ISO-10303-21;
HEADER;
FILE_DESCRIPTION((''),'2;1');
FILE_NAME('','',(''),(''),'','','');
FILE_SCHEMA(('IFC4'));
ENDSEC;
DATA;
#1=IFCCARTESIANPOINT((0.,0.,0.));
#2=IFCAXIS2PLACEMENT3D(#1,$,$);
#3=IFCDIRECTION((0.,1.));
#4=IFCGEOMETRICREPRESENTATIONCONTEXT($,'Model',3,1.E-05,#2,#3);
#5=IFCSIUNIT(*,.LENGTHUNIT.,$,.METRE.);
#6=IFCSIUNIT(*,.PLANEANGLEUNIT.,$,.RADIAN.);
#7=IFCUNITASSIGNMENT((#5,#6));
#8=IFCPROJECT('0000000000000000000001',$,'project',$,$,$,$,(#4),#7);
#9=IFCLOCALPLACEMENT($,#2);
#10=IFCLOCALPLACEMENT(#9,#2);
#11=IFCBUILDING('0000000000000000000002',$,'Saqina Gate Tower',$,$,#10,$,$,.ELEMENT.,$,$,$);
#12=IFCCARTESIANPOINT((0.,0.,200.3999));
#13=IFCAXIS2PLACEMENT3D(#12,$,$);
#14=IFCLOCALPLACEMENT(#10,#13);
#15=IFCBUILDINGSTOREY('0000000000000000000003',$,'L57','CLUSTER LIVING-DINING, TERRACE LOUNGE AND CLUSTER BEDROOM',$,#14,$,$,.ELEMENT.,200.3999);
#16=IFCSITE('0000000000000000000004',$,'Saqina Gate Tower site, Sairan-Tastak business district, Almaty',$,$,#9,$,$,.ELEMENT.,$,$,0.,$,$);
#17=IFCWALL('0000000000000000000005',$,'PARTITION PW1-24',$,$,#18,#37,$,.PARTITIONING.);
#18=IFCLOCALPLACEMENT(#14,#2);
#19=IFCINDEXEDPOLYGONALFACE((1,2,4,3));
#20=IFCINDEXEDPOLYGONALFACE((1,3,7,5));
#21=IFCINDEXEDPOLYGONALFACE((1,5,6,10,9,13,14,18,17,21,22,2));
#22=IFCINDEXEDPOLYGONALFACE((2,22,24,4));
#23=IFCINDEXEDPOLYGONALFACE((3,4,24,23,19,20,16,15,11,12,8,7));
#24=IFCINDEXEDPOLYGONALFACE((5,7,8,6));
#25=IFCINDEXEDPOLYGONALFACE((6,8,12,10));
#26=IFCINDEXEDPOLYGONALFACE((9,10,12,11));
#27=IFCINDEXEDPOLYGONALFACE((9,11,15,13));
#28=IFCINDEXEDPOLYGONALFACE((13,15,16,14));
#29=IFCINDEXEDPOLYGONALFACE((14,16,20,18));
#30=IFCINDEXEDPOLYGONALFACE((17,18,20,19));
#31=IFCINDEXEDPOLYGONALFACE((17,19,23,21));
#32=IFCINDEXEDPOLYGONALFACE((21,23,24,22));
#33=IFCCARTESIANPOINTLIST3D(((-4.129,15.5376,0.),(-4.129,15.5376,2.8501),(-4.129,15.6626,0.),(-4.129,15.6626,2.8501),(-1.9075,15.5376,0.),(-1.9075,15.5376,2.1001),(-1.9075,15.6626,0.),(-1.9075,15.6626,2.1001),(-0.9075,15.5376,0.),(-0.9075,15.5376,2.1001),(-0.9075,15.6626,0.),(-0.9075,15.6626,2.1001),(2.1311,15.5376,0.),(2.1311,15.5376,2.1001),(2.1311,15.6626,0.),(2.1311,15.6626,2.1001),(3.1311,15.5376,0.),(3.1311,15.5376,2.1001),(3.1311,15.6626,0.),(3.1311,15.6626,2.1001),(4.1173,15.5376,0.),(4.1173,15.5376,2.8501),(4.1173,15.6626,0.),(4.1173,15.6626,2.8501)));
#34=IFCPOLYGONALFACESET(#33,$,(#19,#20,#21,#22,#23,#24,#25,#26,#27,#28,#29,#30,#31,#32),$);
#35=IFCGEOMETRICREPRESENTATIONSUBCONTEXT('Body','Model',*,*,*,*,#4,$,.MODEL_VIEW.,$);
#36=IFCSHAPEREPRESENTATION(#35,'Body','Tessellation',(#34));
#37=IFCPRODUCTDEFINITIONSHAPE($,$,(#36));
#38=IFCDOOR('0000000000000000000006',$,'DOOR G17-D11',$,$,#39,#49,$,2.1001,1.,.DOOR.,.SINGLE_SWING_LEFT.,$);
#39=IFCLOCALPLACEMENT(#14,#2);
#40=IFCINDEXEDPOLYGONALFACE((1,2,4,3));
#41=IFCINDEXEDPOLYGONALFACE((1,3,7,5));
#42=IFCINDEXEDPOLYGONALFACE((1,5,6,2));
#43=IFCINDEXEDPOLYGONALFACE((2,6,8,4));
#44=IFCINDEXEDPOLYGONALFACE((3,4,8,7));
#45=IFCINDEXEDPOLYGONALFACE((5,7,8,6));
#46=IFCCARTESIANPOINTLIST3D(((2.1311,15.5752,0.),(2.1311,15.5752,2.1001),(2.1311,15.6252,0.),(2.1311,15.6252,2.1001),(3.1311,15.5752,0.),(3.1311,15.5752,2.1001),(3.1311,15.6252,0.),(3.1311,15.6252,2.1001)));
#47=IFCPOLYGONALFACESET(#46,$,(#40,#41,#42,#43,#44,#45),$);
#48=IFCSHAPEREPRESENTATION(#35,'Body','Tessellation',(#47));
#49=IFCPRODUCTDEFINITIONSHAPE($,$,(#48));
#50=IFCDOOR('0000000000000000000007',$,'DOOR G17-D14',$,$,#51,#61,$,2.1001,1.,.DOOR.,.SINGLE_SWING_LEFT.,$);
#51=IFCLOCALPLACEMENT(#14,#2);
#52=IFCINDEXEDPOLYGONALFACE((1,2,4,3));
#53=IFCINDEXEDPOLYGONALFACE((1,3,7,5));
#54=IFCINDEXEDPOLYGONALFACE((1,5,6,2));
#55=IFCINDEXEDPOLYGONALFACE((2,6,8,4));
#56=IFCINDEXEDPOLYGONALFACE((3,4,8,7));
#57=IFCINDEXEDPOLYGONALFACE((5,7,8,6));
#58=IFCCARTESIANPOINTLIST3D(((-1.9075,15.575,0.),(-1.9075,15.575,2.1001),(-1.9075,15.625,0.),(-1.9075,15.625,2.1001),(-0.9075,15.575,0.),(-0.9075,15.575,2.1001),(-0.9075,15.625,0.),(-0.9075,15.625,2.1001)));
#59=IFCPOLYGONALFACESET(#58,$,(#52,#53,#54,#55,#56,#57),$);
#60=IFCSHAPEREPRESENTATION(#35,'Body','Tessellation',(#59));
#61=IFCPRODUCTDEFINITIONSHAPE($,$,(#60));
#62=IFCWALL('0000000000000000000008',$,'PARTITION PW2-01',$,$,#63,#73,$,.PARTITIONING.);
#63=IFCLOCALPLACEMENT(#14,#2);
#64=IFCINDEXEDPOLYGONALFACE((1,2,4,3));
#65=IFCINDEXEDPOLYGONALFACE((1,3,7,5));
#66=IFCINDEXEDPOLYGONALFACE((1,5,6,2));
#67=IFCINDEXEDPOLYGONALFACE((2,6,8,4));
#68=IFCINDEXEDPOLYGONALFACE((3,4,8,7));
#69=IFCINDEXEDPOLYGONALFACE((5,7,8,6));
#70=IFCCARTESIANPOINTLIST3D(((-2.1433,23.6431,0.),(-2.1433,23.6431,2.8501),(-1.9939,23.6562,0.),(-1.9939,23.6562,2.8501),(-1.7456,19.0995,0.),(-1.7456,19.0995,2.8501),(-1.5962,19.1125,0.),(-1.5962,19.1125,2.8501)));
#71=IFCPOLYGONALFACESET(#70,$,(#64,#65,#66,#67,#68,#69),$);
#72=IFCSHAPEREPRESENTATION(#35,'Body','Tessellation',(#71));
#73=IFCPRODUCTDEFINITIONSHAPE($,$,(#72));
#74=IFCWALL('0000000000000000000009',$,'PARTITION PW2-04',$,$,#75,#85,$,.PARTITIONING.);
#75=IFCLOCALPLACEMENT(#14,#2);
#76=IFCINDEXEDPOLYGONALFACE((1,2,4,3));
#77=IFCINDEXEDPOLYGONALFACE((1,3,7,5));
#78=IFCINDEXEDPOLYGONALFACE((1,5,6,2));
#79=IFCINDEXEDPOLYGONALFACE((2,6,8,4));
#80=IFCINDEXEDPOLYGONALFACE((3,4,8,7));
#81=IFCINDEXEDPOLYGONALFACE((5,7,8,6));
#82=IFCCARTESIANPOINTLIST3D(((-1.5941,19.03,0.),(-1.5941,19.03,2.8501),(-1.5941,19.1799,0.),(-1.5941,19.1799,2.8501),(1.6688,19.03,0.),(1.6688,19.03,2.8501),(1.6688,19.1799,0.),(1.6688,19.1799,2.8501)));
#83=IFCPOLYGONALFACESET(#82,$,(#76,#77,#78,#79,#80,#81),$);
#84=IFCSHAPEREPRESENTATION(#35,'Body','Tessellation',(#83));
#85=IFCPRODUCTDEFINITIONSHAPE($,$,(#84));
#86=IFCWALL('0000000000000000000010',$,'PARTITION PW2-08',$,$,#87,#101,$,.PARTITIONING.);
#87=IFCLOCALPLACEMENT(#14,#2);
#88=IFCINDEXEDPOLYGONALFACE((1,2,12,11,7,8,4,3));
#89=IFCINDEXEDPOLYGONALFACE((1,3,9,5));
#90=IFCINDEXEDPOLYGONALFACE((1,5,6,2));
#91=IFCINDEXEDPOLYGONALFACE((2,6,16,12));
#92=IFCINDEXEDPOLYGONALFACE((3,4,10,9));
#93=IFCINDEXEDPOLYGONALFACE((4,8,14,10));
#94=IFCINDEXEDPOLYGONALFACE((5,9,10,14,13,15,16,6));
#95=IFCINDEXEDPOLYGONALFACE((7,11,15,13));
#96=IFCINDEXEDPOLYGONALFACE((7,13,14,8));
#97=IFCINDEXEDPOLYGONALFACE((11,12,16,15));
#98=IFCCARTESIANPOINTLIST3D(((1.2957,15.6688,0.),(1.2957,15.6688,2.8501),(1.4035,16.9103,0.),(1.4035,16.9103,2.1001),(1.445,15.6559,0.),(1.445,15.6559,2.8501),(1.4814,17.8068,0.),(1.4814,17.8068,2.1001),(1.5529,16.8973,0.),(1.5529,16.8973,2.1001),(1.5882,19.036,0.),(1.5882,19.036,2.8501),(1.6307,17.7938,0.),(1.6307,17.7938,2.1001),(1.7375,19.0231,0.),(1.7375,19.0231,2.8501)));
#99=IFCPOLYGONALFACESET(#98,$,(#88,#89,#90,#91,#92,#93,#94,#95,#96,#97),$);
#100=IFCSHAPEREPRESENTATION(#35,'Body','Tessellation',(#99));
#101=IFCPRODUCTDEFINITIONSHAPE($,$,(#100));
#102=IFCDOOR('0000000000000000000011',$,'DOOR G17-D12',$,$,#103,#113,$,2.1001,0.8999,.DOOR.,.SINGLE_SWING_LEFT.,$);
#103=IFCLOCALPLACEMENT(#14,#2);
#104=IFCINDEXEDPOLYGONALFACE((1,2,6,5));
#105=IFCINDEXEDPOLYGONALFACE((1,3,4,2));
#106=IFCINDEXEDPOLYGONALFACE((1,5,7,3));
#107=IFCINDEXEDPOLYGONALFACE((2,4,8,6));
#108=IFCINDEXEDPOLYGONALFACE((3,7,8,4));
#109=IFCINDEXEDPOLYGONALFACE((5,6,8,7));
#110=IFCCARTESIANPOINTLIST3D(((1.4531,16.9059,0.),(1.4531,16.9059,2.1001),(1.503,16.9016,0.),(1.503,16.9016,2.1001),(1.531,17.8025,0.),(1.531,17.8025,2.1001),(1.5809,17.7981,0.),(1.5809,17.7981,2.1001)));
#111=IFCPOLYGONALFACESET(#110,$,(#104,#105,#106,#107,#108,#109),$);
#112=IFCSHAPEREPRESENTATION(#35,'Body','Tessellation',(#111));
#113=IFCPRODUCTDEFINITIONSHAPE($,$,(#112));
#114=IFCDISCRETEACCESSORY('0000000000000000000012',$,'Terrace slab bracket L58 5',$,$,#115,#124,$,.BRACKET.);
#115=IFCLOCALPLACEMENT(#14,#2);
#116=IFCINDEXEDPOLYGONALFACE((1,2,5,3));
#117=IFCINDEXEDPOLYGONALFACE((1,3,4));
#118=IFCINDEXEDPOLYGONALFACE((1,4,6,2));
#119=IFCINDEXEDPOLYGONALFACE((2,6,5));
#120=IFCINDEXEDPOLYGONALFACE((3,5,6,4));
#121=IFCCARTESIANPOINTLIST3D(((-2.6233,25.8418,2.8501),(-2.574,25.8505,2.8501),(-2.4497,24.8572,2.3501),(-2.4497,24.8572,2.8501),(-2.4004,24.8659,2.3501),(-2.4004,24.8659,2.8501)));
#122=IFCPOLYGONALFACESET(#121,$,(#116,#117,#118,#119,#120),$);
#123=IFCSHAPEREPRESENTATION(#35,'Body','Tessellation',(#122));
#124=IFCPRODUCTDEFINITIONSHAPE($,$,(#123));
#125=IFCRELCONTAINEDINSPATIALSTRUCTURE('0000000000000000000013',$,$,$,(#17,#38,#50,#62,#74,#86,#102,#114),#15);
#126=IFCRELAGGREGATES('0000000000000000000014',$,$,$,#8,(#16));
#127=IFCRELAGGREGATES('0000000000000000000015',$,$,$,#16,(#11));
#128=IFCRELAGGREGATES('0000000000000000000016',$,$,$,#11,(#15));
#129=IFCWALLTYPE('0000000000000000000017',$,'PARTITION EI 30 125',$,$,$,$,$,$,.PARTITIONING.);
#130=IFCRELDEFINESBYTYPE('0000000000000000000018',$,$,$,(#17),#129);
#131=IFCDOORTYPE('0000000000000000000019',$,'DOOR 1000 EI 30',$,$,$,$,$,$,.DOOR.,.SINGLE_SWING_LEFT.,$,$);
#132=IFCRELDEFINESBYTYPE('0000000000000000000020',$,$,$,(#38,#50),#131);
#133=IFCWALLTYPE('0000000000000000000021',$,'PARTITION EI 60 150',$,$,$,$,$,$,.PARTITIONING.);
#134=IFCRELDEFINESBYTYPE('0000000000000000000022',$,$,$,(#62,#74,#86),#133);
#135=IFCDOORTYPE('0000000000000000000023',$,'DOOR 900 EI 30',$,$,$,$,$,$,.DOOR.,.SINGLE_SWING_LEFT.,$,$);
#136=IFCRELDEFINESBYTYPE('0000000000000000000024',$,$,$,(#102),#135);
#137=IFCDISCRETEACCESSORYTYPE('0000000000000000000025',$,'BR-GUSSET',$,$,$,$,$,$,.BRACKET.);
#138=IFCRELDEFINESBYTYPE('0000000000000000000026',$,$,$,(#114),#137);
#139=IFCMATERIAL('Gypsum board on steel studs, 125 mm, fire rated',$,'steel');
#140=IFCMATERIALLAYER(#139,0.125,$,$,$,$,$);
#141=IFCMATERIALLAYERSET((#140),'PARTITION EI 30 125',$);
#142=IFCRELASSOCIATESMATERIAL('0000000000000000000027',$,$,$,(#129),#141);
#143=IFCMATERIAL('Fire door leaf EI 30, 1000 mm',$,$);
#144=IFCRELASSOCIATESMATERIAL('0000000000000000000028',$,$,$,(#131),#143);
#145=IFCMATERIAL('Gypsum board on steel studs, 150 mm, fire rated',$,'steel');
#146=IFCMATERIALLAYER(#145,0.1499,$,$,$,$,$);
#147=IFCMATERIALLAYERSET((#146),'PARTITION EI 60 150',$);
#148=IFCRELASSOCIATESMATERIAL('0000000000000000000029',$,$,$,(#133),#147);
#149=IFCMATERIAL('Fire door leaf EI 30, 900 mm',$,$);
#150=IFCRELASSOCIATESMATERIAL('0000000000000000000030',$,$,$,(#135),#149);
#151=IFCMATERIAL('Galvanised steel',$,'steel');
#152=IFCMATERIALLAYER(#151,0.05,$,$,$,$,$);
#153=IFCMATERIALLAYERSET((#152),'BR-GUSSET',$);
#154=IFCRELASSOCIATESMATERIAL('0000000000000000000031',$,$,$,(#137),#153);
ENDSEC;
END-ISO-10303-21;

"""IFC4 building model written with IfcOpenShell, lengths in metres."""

from ifc_helpers import new_model, si_unit, direction, frame, frame_2d, origin, place, context, subcontext, project, spatial, polyline, rectangle, outline, extrude, material, layer, layer_set, type_object, element, fill, save


model = new_model("IFC4")

# Units and contexts
model_context = context("Model", 3, precision=1e-05, world=origin(), true_north=direction((0.0, 1.0)))
body_context = subcontext(model_context, "Body", "Model", "MODEL_VIEW")
ifc_project = project(units=[si_unit("LENGTHUNIT", "METRE"), si_unit("PLANEANGLEUNIT", "RADIAN")], contexts=[model_context])

# Site, building, storey
site_placement = place(None, origin())
site = spatial("IfcSite", under=ifc_project, at=site_placement, Name="Saqina Gate Tower site, Sairan-Tastak business district, Almaty", CompositionType="ELEMENT", RefElevation=0.0)
building_placement = place(site_placement, origin())
building = spatial("IfcBuilding", under=site, at=building_placement, Name="Saqina Gate Tower", CompositionType="ELEMENT")
storey_placement = place(building_placement, frame((0.0, 0.0, 200.3999)))
storey = spatial("IfcBuildingStorey", under=building, at=storey_placement, Name="L57", Description="CLUSTER LIVING-DINING, TERRACE LOUNGE AND CLUSTER BEDROOM", CompositionType="ELEMENT", Elevation=200.3999)

# Shared definitions
ifc_material_1 = material(Name="Gypsum board on steel studs, 125 mm, fire rated", Category="steel")
ifc_layer_1 = layer(ifc_material_1, 0.125)
ifc_layer_set_1 = layer_set([ifc_layer_1], Name="PARTITION EI 30 125")
wall_type_1 = type_object("IfcWallType", Name="PARTITION EI 30 125", PredefinedType="PARTITIONING", material=ifc_layer_set_1)

# Wall, openings, doors
wall_1_placement = place(storey_placement, frame((-4.1289, 15.6001, 0.0), z_axis=(0.0, 0.0, 1.0), x_axis=(1.0, 0.0, 0.0)))
wall_1 = element("IfcWall", 1, at=wall_1_placement, inside=storey, type_object=wall_type_1, Name="PARTITION PW1-24", PredefinedType="PARTITIONING", context=body_context, shape_type="SweptSolid", body=[
    extrude(rectangle(XDim=8.2463, YDim=0.125, at=frame_2d((4.123, 0.0))), origin(), (0.0, 0.0, 1.0), 2.8501),
])
opening_1_placement = place(wall_1_placement, frame((6.26, 0.0, 0.0)))
opening_1 = element("IfcOpeningElement", 2, at=opening_1_placement, cuts=wall_1, PredefinedType="OPENING", context=body_context, shape_type="SweptSolid", body=[
    extrude(rectangle(XDim=1.0, YDim=2.1001, at=frame_2d((0.5, 1.05))), frame((0.0, 0.0745, 0.0), z_axis=(0.0, -1.0, 0.0), x_axis=(1.0, 0.0, 0.0)), (0.0, 0.0, 1.0), 0.1489),
])
opening_2_placement = place(wall_1_placement, frame((2.2214, 0.0, 0.0)))
opening_2 = element("IfcOpeningElement", 3, at=opening_2_placement, cuts=wall_1, PredefinedType="OPENING", context=body_context, shape_type="SweptSolid", body=[
    extrude(rectangle(XDim=1.0, YDim=2.1001, at=frame_2d((0.5, 1.05))), frame((0.0, 0.0745, 0.0), z_axis=(0.0, -1.0, 0.0), x_axis=(1.0, 0.0, 0.0)), (0.0, 0.0, 1.0), 0.1489),
])
ifc_material_2 = material(Name="Fire door leaf EI 30, 1000 mm")
door_type_1 = type_object("IfcDoorType", Name="DOOR 1000 EI 30", OperationType="SINGLE_SWING_LEFT", PredefinedType="DOOR", material=ifc_material_2)
door_1_placement = place(opening_1_placement, frame((1.0, 0.0, 0.0), z_axis=(0.0, 0.0, 1.0), x_axis=(-1.0, 0.0, 0.0)))
door_1 = element("IfcDoor", 4, at=door_1_placement, inside=storey, type_object=door_type_1, Name="DOOR G17-D11", OperationType="SINGLE_SWING_LEFT", OverallHeight=2.1001, OverallWidth=1.0, PredefinedType="DOOR", context=body_context, shape_type="SweptSolid", body=[
    extrude(rectangle(XDim=1.0, YDim=2.1001, at=frame_2d((0.5, 1.05))), frame((0.0, 0.0249, 0.0), z_axis=(0.0, -1.0, 0.0), x_axis=(1.0, 0.0, 0.0)), (0.0, 0.0, 1.0), 0.05),
])
fill(opening_1, door_1)
door_2_placement = place(opening_2_placement, origin())
door_2 = element("IfcDoor", 5, at=door_2_placement, inside=storey, type_object=door_type_1, Name="DOOR G17-D14", OperationType="SINGLE_SWING_LEFT", OverallHeight=2.1001, OverallWidth=1.0, PredefinedType="DOOR", context=body_context, shape_type="SweptSolid", body=[
    extrude(rectangle(XDim=1.0, YDim=2.1001, at=frame_2d((0.5, 1.05))), frame((0.0, 0.0249, 0.0), z_axis=(0.0, -1.0, 0.0), x_axis=(1.0, 0.0, 0.0)), (0.0, 0.0, 1.0), 0.05),
])
fill(opening_2, door_2)

# Walls
ifc_material_3 = material(Name="Gypsum board on steel studs, 150 mm, fire rated", Category="steel")
ifc_layer_2 = layer(ifc_material_3, 0.1499)
ifc_layer_set_2 = layer_set([ifc_layer_2], Name="PARTITION EI 60 150")
wall_type_2 = type_object("IfcWallType", Name="PARTITION EI 60 150", PredefinedType="PARTITIONING", material=ifc_layer_set_2)
wall_2_placement = place(storey_placement, frame((-2.0686, 23.6497, 0.0), z_axis=(0.0, 0.0, 1.0), x_axis=(0.087196, -0.996191, 0.0)))
element("IfcWall", 6, at=wall_2_placement, inside=storey, type_object=wall_type_2, Name="PARTITION PW2-01", PredefinedType="PARTITIONING", context=body_context, shape_type="SweptSolid", body=[
    extrude(rectangle(XDim=4.561, YDim=0.1499, at=frame_2d((2.2805, 0.0))), origin(), (0.0, 0.0, 1.0), 2.8501),
])
wall_3_placement = place(storey_placement, frame((-1.594, 19.105, 0.0), z_axis=(0.0, 0.0, 1.0), x_axis=(1.0, 0.0, 0.0)))
element("IfcWall", 7, at=wall_3_placement, inside=storey, type_object=wall_type_2, Name="PARTITION PW2-04", PredefinedType="PARTITIONING", context=body_context, shape_type="SweptSolid", body=[
    extrude(rectangle(XDim=3.2629, YDim=0.1499, at=frame_2d((1.6313, 0.0))), origin(), (0.0, 0.0, 1.0), 2.8501),
])

# Wall, opening, door
wall_4_placement = place(storey_placement, frame((1.3704, 15.6624, 0.0), z_axis=(0.0, 0.0, 1.0), x_axis=(0.086536, 0.996249, 0.0)))
wall_4 = element("IfcWall", 8, at=wall_4_placement, inside=storey, type_object=wall_type_2, Name="PARTITION PW2-08", PredefinedType="PARTITIONING", context=body_context, shape_type="SweptSolid", body=[
    extrude(rectangle(XDim=3.3799, YDim=0.1499, at=frame_2d((1.6899, 0.0))), origin(), (0.0, 0.0, 1.0), 2.8501),
])
opening_3_placement = place(wall_4_placement, frame((1.2461, 0.0, 0.0)))
opening_3 = element("IfcOpeningElement", 9, at=opening_3_placement, cuts=wall_4, PredefinedType="OPENING", context=body_context, shape_type="SweptSolid", body=[
    extrude(rectangle(XDim=0.8999, YDim=2.1001, at=frame_2d((0.45, 1.05))), frame((0.0, 0.0869, 0.0), z_axis=(0.0, -1.0, 0.0), x_axis=(1.0, 0.0, 0.0)), (0.0, 0.0, 1.0), 0.1738),
])
ifc_material_4 = material(Name="Fire door leaf EI 30, 900 mm")
door_type_2 = type_object("IfcDoorType", Name="DOOR 900 EI 30", OperationType="SINGLE_SWING_LEFT", PredefinedType="DOOR", material=ifc_material_4)
door_3_placement = place(opening_3_placement, frame((0.8999, 0.0, 0.0), z_axis=(0.0, 0.0, 1.0), x_axis=(-1.0, 0.0, 0.0)))
door_3 = element("IfcDoor", 10, at=door_3_placement, inside=storey, type_object=door_type_2, Name="DOOR G17-D12", OperationType="SINGLE_SWING_LEFT", OverallHeight=2.1001, OverallWidth=0.8999, PredefinedType="DOOR", context=body_context, shape_type="SweptSolid", body=[
    extrude(rectangle(XDim=0.8999, YDim=2.1001, at=frame_2d((0.45, 1.05))), frame((0.0, 0.0249, 0.0), z_axis=(0.0, -1.0, 0.0), x_axis=(1.0, 0.0, 0.0)), (0.0, 0.0, 1.0), 0.05),
])
fill(opening_3, door_3)

# Discrete accessory
ifc_material_5 = material(Name="Galvanised steel", Category="steel")
ifc_layer_3 = layer(ifc_material_5, 0.05)
ifc_layer_set_3 = layer_set([ifc_layer_3], Name="BR-GUSSET")
discrete_accessory_type = type_object("IfcDiscreteAccessoryType", Name="BR-GUSSET", PredefinedType="BRACKET", material=ifc_layer_set_3)
discrete_accessory_placement = place(storey_placement, frame((-2.4497, 24.8572, 2.3501), z_axis=(-0.984813, -0.173618, 0.0), x_axis=(0.0, 0.0, 1.0)))
element("IfcDiscreteAccessory", 11, at=discrete_accessory_placement, inside=storey, type_object=discrete_accessory_type, Name="Terrace slab bracket L58 5", PredefinedType="BRACKET", context=body_context, shape_type="SweptSolid", body=[
    extrude(outline(polyline([(0.0, 0.0), (0.5, 0.0), (0.5, 0.9998), (0.0, 0.0)])), origin(), (0.0, 0.0, -1.0), 0.05),
])

save(model, "model.ifc")
